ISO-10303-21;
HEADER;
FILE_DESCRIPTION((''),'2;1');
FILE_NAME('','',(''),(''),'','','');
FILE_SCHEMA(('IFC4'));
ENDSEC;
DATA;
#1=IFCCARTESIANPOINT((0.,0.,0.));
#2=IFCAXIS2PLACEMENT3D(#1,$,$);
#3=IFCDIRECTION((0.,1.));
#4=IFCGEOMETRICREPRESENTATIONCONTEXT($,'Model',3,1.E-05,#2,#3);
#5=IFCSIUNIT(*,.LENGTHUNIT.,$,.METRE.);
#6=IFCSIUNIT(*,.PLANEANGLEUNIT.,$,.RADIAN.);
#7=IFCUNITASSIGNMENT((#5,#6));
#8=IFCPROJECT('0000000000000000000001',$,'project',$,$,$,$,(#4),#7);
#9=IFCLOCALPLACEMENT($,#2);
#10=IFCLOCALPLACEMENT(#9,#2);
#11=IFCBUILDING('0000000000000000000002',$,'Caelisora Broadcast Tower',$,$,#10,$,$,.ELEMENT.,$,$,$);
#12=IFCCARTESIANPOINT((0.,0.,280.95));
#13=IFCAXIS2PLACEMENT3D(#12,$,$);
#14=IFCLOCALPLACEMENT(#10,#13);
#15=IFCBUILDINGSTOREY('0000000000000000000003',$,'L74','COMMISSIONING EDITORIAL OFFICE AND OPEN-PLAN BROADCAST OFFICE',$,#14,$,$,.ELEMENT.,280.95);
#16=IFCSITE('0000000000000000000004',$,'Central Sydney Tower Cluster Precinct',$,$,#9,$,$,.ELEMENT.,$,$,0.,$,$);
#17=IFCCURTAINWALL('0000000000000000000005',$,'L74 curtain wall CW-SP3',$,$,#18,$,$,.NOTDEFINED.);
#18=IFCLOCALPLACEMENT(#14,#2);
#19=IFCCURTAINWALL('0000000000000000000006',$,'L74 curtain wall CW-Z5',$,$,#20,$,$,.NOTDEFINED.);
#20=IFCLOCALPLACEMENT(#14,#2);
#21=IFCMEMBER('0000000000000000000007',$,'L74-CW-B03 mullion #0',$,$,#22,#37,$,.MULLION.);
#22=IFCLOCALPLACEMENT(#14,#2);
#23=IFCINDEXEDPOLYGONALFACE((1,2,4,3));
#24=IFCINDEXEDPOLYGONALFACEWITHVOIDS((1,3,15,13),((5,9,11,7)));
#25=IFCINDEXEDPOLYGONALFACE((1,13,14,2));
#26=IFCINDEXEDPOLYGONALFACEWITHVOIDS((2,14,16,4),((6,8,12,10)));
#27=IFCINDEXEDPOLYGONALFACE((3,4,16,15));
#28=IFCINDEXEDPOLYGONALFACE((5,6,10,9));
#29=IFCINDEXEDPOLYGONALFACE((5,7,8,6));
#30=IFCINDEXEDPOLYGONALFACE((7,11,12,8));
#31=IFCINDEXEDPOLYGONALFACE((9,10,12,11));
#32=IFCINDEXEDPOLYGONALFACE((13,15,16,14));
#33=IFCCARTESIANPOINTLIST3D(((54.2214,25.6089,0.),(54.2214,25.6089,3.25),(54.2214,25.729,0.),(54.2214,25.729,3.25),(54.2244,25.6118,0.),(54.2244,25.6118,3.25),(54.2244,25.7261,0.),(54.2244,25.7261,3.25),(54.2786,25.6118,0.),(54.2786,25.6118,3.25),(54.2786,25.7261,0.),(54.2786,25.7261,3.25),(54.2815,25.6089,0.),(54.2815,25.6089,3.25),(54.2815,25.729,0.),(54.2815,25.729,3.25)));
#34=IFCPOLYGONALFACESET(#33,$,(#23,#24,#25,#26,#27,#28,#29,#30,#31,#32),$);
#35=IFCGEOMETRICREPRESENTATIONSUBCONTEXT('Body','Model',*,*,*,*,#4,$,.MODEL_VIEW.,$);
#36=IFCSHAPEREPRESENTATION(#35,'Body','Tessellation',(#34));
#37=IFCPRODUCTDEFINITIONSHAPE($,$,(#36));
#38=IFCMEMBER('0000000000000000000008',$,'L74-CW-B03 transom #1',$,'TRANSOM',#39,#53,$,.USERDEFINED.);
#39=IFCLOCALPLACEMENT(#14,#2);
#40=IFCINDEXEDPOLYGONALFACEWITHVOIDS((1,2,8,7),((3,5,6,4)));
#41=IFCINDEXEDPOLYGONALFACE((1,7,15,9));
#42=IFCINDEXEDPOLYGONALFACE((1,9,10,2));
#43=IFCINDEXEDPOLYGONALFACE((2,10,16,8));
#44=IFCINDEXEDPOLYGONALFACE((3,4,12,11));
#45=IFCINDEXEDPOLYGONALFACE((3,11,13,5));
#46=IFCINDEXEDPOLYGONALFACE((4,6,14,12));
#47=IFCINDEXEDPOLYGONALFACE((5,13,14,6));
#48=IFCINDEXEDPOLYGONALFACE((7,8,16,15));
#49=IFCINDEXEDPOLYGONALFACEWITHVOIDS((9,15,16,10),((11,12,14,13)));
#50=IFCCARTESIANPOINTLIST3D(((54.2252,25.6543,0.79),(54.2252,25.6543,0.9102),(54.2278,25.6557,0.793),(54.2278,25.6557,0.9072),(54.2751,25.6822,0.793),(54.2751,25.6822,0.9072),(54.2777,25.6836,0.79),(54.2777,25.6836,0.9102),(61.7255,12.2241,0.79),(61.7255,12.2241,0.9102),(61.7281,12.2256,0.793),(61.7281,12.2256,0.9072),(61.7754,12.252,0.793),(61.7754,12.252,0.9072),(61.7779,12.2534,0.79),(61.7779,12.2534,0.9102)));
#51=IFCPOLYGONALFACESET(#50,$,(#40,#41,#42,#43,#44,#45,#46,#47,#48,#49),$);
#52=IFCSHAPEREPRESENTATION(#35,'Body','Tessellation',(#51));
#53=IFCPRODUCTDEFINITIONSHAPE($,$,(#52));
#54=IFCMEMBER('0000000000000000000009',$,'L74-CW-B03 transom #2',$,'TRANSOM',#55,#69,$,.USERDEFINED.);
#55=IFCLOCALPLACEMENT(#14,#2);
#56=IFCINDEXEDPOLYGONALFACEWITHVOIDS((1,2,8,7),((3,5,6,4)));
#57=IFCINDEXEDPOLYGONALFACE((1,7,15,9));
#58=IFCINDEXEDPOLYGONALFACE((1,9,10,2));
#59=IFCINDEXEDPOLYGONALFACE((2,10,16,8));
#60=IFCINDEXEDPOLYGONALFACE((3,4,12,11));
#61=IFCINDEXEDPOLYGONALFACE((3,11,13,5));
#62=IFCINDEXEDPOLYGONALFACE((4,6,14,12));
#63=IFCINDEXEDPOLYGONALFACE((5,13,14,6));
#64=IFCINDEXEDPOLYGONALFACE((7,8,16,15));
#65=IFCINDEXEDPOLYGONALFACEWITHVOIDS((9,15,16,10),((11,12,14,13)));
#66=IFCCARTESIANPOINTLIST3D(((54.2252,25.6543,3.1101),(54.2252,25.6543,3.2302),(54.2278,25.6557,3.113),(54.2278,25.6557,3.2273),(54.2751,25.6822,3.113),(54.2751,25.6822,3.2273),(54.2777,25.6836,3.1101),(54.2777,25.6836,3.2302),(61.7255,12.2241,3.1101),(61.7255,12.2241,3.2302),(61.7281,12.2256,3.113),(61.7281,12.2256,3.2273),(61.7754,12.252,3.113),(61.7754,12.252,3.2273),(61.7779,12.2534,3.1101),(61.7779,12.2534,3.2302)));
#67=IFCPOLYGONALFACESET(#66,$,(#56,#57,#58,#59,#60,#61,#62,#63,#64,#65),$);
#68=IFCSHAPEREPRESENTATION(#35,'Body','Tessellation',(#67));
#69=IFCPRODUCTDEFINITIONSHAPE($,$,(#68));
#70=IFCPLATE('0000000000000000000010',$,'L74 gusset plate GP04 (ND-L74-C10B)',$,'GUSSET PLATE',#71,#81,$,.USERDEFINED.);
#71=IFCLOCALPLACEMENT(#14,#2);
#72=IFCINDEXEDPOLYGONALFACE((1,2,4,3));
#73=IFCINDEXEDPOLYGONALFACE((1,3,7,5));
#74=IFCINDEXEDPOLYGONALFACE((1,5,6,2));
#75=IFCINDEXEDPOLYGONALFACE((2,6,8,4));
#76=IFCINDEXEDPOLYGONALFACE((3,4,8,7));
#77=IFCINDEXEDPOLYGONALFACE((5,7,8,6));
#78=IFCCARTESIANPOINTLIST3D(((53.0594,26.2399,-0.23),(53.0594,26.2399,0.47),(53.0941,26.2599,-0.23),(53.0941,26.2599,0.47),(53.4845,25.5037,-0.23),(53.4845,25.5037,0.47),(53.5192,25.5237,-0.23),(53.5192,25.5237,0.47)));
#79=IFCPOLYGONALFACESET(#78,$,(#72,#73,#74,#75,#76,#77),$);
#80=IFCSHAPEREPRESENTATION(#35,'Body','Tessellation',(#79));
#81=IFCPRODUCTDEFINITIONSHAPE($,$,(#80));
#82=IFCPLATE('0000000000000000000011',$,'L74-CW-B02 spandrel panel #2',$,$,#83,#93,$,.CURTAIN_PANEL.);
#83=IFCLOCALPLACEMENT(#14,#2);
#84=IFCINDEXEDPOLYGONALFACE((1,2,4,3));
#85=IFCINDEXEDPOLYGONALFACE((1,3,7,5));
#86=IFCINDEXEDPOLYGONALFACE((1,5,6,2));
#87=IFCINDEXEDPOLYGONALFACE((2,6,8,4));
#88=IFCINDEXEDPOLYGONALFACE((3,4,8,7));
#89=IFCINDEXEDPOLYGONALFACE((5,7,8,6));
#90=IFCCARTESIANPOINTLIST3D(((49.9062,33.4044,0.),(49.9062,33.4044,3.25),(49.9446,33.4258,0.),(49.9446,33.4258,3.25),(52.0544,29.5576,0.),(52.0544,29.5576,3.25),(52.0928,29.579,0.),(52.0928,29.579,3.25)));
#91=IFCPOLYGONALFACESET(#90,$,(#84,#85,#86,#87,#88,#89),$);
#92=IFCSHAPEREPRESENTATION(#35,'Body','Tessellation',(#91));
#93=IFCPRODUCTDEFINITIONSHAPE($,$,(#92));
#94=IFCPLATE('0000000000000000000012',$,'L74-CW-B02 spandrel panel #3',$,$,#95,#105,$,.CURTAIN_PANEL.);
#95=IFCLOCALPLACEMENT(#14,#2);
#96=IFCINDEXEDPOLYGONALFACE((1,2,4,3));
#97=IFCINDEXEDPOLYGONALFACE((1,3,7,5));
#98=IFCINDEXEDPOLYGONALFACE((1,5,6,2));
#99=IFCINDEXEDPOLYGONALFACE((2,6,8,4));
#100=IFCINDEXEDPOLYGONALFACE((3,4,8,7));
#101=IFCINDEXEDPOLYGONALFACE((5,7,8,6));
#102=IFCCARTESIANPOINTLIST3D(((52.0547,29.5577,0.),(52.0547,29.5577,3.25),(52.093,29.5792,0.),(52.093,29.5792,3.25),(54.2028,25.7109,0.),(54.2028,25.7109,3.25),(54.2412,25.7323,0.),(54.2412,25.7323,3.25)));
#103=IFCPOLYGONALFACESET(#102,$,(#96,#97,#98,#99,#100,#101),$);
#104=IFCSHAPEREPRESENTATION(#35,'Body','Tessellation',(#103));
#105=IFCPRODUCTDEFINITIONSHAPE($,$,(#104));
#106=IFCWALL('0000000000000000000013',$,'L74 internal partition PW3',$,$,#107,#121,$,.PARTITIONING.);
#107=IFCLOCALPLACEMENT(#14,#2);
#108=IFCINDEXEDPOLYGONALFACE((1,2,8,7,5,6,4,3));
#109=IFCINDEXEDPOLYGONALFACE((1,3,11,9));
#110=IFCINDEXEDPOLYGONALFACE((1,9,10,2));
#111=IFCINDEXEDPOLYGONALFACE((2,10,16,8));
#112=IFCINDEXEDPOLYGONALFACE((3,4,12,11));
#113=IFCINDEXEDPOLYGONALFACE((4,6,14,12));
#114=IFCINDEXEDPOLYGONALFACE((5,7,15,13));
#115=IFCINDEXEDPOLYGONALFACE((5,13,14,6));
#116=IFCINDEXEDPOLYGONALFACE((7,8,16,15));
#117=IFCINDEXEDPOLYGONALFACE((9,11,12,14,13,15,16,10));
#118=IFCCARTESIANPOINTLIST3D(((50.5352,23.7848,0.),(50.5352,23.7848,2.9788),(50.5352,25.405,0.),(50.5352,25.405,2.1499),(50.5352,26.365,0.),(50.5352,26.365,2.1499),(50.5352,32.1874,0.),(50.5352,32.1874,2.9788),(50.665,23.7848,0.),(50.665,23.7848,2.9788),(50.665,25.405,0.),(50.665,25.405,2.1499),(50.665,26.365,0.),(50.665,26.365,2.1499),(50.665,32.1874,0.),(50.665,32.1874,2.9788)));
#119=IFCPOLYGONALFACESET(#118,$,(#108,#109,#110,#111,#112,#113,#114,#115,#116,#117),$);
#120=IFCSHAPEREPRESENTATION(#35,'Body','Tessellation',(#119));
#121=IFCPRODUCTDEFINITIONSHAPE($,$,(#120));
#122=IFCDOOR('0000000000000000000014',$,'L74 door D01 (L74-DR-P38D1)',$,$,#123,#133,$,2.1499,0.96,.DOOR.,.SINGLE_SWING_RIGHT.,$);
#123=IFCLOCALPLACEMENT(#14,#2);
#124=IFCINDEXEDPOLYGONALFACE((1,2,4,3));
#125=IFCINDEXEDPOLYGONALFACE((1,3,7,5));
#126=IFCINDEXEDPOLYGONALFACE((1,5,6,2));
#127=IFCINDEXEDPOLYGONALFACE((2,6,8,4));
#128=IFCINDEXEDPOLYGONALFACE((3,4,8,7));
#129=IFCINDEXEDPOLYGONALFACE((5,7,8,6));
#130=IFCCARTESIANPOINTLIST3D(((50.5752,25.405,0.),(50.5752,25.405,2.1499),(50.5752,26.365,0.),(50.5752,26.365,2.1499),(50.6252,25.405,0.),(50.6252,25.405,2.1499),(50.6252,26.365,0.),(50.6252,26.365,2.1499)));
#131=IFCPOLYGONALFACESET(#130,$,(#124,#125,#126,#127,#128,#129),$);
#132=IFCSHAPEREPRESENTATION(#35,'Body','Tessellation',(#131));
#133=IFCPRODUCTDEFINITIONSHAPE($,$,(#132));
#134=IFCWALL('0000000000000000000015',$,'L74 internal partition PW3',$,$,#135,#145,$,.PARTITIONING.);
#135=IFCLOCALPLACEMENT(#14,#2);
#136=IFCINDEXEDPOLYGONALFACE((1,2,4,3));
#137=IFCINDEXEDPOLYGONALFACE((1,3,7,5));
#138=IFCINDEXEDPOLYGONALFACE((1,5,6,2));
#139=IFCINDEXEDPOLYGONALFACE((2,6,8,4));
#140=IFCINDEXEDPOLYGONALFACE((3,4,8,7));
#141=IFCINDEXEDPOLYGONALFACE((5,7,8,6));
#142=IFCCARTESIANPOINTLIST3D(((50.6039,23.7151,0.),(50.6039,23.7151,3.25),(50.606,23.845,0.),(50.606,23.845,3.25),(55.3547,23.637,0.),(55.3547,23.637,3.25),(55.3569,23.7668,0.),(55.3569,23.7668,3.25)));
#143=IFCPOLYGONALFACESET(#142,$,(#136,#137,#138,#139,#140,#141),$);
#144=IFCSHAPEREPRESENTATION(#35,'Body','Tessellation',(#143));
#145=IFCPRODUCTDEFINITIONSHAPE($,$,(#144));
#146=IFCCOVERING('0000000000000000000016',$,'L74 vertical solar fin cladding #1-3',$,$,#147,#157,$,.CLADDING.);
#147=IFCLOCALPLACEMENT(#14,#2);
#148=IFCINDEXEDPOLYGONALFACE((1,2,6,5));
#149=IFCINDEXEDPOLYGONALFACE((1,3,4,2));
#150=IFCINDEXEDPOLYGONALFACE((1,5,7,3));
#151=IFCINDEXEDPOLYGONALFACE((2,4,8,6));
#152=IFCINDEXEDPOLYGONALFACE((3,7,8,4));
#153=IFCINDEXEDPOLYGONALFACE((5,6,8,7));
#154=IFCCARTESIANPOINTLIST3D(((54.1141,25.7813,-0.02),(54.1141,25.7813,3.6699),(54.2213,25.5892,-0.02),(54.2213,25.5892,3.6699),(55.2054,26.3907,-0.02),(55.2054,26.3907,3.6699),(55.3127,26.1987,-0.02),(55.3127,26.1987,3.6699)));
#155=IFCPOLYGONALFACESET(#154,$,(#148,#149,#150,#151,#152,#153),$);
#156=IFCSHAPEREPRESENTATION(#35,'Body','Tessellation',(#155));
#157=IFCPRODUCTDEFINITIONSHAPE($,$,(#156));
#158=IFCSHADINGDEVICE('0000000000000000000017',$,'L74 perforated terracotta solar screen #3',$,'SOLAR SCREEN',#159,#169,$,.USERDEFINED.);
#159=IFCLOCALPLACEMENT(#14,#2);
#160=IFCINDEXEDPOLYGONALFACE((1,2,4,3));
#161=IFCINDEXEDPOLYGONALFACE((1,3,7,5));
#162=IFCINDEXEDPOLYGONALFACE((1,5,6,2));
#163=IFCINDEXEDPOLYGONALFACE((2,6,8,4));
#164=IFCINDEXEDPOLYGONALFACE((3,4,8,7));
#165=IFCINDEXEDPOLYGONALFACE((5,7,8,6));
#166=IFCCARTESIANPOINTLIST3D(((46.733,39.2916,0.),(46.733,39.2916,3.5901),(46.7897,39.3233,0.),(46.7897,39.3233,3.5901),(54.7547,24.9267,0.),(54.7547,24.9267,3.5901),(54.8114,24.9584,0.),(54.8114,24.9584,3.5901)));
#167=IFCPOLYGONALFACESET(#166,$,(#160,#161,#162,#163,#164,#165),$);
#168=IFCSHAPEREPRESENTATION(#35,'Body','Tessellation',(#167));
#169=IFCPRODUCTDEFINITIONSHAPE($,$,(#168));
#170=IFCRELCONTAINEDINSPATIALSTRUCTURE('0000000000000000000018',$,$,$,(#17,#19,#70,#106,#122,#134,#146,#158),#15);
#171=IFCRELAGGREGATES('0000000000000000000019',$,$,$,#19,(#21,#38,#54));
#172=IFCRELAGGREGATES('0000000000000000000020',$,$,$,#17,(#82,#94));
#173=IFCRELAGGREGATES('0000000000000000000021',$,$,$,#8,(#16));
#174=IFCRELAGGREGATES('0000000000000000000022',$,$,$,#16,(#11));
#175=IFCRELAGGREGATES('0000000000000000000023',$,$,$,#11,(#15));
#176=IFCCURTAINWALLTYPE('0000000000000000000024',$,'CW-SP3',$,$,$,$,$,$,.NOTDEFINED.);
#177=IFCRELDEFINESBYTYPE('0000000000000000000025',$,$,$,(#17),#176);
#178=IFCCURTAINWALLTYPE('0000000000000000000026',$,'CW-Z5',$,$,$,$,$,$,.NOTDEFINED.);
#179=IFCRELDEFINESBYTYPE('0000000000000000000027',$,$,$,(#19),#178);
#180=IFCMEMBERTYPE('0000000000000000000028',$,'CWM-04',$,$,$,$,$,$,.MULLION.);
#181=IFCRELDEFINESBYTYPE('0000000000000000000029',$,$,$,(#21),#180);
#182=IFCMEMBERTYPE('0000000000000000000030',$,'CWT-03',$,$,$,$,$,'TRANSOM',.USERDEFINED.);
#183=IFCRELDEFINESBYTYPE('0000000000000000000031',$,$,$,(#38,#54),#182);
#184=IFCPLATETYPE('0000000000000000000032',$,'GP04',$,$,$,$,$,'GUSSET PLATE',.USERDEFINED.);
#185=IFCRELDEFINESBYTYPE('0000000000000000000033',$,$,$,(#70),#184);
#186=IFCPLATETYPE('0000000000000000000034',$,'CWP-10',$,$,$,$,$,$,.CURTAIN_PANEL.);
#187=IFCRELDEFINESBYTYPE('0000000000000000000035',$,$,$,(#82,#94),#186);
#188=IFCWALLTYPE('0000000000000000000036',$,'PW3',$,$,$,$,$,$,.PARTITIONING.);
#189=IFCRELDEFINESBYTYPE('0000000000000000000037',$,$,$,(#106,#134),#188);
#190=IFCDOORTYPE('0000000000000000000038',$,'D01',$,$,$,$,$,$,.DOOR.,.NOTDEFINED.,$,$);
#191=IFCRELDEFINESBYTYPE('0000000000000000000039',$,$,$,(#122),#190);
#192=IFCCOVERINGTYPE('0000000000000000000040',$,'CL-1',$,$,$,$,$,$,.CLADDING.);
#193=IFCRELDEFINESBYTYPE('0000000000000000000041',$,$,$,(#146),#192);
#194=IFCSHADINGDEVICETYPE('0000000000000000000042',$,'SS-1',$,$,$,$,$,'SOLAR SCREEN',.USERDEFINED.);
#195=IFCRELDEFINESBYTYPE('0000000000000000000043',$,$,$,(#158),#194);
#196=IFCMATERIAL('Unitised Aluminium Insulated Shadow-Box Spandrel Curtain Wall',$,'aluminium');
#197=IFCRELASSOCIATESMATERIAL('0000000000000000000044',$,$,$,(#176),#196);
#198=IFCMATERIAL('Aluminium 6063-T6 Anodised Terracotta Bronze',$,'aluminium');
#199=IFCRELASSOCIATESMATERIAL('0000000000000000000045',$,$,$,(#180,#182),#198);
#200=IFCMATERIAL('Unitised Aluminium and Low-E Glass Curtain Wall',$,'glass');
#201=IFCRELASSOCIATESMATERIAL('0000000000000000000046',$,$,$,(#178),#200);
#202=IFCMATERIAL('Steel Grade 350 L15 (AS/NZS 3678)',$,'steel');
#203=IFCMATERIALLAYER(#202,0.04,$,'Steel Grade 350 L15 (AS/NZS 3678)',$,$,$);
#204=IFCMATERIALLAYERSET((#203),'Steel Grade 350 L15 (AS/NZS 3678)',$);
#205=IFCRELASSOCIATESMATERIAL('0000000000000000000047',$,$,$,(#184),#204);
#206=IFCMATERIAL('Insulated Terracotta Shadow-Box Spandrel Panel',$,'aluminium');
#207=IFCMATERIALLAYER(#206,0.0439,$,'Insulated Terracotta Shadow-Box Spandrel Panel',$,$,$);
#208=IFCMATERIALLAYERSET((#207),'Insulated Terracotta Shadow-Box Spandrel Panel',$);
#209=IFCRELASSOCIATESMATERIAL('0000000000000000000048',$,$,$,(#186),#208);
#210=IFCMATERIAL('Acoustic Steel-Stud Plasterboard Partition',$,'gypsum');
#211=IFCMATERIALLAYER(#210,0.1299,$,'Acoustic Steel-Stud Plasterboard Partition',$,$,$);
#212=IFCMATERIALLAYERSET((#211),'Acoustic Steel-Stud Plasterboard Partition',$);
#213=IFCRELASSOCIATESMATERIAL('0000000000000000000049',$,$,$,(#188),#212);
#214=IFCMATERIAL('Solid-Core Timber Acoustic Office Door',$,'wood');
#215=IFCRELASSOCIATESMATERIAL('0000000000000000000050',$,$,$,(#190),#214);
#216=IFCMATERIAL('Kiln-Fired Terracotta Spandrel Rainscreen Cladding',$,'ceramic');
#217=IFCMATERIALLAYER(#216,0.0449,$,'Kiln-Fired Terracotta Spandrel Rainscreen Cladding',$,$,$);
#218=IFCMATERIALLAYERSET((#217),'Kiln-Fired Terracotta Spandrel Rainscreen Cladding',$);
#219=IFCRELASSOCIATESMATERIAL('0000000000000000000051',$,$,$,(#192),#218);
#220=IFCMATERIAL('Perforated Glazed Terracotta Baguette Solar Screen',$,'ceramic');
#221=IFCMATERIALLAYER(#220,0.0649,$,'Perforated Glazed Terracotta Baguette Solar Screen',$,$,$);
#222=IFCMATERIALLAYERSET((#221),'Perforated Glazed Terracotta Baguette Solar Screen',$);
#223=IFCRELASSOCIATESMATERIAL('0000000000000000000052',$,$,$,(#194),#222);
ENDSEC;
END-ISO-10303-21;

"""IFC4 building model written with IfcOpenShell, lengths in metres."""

from ifc_helpers import new_model, si_unit, direction, frame, frame_2d, origin, origin_2d, place, context, subcontext, project, spatial, rectangle, hollow_rectangle, extrude, source, transform, mapped, material, layer, layer_set, material_profile, profile_set, type_object, type_shapes, element, fill, aggregate, save


model = new_model("IFC4")

# Units and contexts
model_context = context("Model", 3, precision=1e-05, world=origin(), true_north=direction((0.0, 1.0)))
body_context = subcontext(model_context, "Body", "Model", "MODEL_VIEW")
ifc_project = project(units=[si_unit("LENGTHUNIT", "METRE"), si_unit("PLANEANGLEUNIT", "RADIAN")], contexts=[model_context])

# Site, building, storey
site_placement = place(None, origin())
site = spatial("IfcSite", under=ifc_project, at=site_placement, Name="Central Sydney Tower Cluster Precinct", CompositionType="ELEMENT", RefElevation=0.0)
building_placement = place(site_placement, origin())
building = spatial("IfcBuilding", under=site, at=building_placement, Name="Caelisora Broadcast Tower", CompositionType="ELEMENT")
storey_placement = place(building_placement, frame((0.0, 0.0, 280.95)))
storey = spatial("IfcBuildingStorey", under=building, at=storey_placement, Name="L74", Description="COMMISSIONING EDITORIAL OFFICE AND OPEN-PLAN BROADCAST OFFICE", CompositionType="ELEMENT", Elevation=280.95)

# Shared definitions
ifc_material_1 = material(Name="Steel Grade 350 L15 (AS/NZS 3678)", Category="steel")

# Curtain walls, members
ifc_material_2 = material(Name="Unitised Aluminium Insulated Shadow-Box Spandrel Curtain Wall", Category="aluminium")
curtain_wall_type_1 = type_object("IfcCurtainWallType", Name="CW-SP3", PredefinedType="NOTDEFINED", material=ifc_material_2)
curtain_wall_1_placement = place(storey_placement, origin())
curtain_wall_1 = element("IfcCurtainWall", 1, at=curtain_wall_1_placement, inside=storey, type_object=curtain_wall_type_1, Name="L74 curtain wall CW-SP3", PredefinedType="NOTDEFINED")
ifc_material_3 = material(Name="Aluminium 6063-T6 Anodised Terracotta Bronze", Category="aluminium")
ifc_material_profile_1 = material_profile(ifc_material_3, hollow_rectangle(XDim=0.0601, YDim=0.1201, WallThickness=0.0029, at=origin_2d()), Name="Aluminium 6063-T6 Anodised Terracotta Bronze")
ifc_profile_set_1 = profile_set([ifc_material_profile_1], Name="Aluminium 6063-T6 Anodised Terracotta Bronze")
member_type_1 = type_object("IfcMemberType", Name="CWM-04", PredefinedType="MULLION", material=ifc_profile_set_1)
shared_shape_1 = source(origin(), body_context, "Body", "SweptSolid", [
    extrude(hollow_rectangle(XDim=0.0601, YDim=0.1201, WallThickness=0.0029, at=origin_2d()), origin(), (0.0, 0.0, 1.0), 3.25),
])
type_shapes(member_type_1, [shared_shape_1])
ifc_material_4 = material(Name="Unitised Aluminium and Low-E Glass Curtain Wall", Category="glass")
curtain_wall_type_2 = type_object("IfcCurtainWallType", Name="CW-Z5", PredefinedType="NOTDEFINED", material=ifc_material_4)
curtain_wall_2_placement = place(storey_placement, origin())
curtain_wall_2 = element("IfcCurtainWall", 2, at=curtain_wall_2_placement, inside=storey, type_object=curtain_wall_type_2, Name="L74 curtain wall CW-Z5", PredefinedType="NOTDEFINED")
member_1_placement = place(storey_placement, frame((54.2515, 25.6689, 0.0), z_axis=(0.0, 0.0, 1.0), x_axis=(1.0, 0.0, 0.0)))
member_1 = element("IfcMember", 3, at=member_1_placement, type_object=member_type_1, Name="L74-CW-B03 mullion #0", PredefinedType="MULLION", context=body_context, shape_type="MappedRepresentation", body=[
    mapped(shared_shape_1, transform((0.0, 0.0, 0.0), scale=1.0)),
])
ifc_material_profile_2 = material_profile(ifc_material_3, hollow_rectangle(XDim=0.0601, YDim=0.1201, WallThickness=0.0029, at=origin_2d()), Name="Aluminium 6063-T6 Anodised Terracotta Bronze")
ifc_profile_set_2 = profile_set([ifc_material_profile_2], Name="Aluminium 6063-T6 Anodised Terracotta Bronze")
member_type_2 = type_object("IfcMemberType", Name="CWT-03", ElementType="TRANSOM", PredefinedType="USERDEFINED", material=ifc_profile_set_2)
shared_shape_2 = source(origin(), body_context, "Body", "SweptSolid", [
    extrude(hollow_rectangle(XDim=0.0601, YDim=0.1201, WallThickness=0.0029, at=origin_2d()), origin(), (0.0, 0.0, 1.0), 15.3826),
])
type_shapes(member_type_2, [shared_shape_2])
member_2_placement = place(storey_placement, frame((54.2515, 25.6689, 0.8501), z_axis=(0.487581, -0.873078, 0.0), x_axis=(0.873078, 0.487581, 0.0)))
member_2 = element("IfcMember", 4, at=member_2_placement, type_object=member_type_2, Name="L74-CW-B03 transom #1", ObjectType="TRANSOM", PredefinedType="USERDEFINED", context=body_context, shape_type="MappedRepresentation", body=[
    mapped(shared_shape_2, transform((0.0, 0.0, 0.0), scale=1.0)),
])
member_3_placement = place(storey_placement, frame((54.2515, 25.6689, 3.1702), z_axis=(0.487581, -0.873078, 0.0), x_axis=(0.873078, 0.487581, 0.0)))
member_3 = element("IfcMember", 5, at=member_3_placement, type_object=member_type_2, Name="L74-CW-B03 transom #2", ObjectType="TRANSOM", PredefinedType="USERDEFINED", context=body_context, shape_type="MappedRepresentation", body=[
    mapped(shared_shape_2, transform((0.0, 0.0, 0.0), scale=1.0)),
])
aggregate(curtain_wall_2, [member_1, member_2, member_3])

# Plates
ifc_layer_1 = layer(ifc_material_1, 0.04, Name="Steel Grade 350 L15 (AS/NZS 3678)")
ifc_layer_set_1 = layer_set([ifc_layer_1], Name="Steel Grade 350 L15 (AS/NZS 3678)")
plate_type_1 = type_object("IfcPlateType", Name="GP04", ElementType="GUSSET PLATE", PredefinedType="USERDEFINED", material=ifc_layer_set_1)
shared_shape_3 = source(origin(), body_context, "Body", "SweptSolid", [
    extrude(rectangle(XDim=0.8501, YDim=0.04, at=origin_2d()), origin(), (0.0, 0.0, 1.0), 0.7),
])
type_shapes(plate_type_1, [shared_shape_3])
plate_1_placement = place(storey_placement, frame((53.2893, 25.8818, -0.23), z_axis=(0.0, 0.0, 1.0), x_axis=(-0.5, 0.866025, 0.0)))
element("IfcPlate", 6, at=plate_1_placement, inside=storey, type_object=plate_type_1, Name="L74 gusset plate GP04 (ND-L74-C10B)", ObjectType="GUSSET PLATE", PredefinedType="USERDEFINED", context=body_context, shape_type="MappedRepresentation", body=[
    mapped(shared_shape_3, transform((0.0, 0.0, 0.0), scale=1.0)),
])
ifc_material_5 = material(Name="Insulated Terracotta Shadow-Box Spandrel Panel", Category="aluminium")
ifc_layer_2 = layer(ifc_material_5, 0.0439, Name="Insulated Terracotta Shadow-Box Spandrel Panel")
ifc_layer_set_2 = layer_set([ifc_layer_2], Name="Insulated Terracotta Shadow-Box Spandrel Panel")
plate_type_2 = type_object("IfcPlateType", Name="CWP-10", PredefinedType="CURTAIN_PANEL", material=ifc_layer_set_2)
shared_shape_4 = source(origin(), body_context, "Body", "SweptSolid", [
    extrude(rectangle(XDim=4.406, YDim=0.0439, at=origin_2d()), origin(), (0.0, 0.0, 1.0), 3.25),
])
type_shapes(plate_type_2, [shared_shape_4])
plate_2_placement = place(storey_placement, frame((50.9995, 31.4917, 0.0), z_axis=(0.0, 0.0, 1.0), x_axis=(0.487555, -0.873092, 0.0)))
plate_2 = element("IfcPlate", 7, at=plate_2_placement, type_object=plate_type_2, Name="L74-CW-B02 spandrel panel #2", PredefinedType="CURTAIN_PANEL", context=body_context, shape_type="MappedRepresentation", body=[
    mapped(shared_shape_4, transform((0.0, 0.0, 0.0), scale=1.0)),
])
plate_3_placement = place(storey_placement, frame((53.1479, 27.645, 0.0), z_axis=(0.0, 0.0, 1.0), x_axis=(0.487555, -0.873092, 0.0)))
plate_3 = element("IfcPlate", 8, at=plate_3_placement, type_object=plate_type_2, Name="L74-CW-B02 spandrel panel #3", PredefinedType="CURTAIN_PANEL", context=body_context, shape_type="MappedRepresentation", body=[
    mapped(shared_shape_4, transform((0.0, 0.0, 0.0), scale=1.0)),
])
aggregate(curtain_wall_1, [plate_2, plate_3])

# Wall, opening, door
ifc_material_6 = material(Name="Acoustic Steel-Stud Plasterboard Partition", Category="gypsum")
ifc_layer_3 = layer(ifc_material_6, 0.1299, Name="Acoustic Steel-Stud Plasterboard Partition")
ifc_layer_set_3 = layer_set([ifc_layer_3], Name="Acoustic Steel-Stud Plasterboard Partition")
wall_type = type_object("IfcWallType", Name="PW3", PredefinedType="PARTITIONING", material=ifc_layer_set_3)
wall_1_placement = place(storey_placement, frame((50.6001, 23.7849, 0.0), z_axis=(0.0, 0.0, 1.0), x_axis=(0.0, 1.0, 0.0)))
wall_1 = element("IfcWall", 9, at=wall_1_placement, inside=storey, type_object=wall_type, Name="L74 internal partition PW3", PredefinedType="PARTITIONING", context=body_context, shape_type="SweptSolid", body=[
    extrude(rectangle(XDim=8.4026, YDim=0.1299, at=frame_2d((4.2012, 0.0))), origin(), (0.0, 0.0, 1.0), 2.9788),
])
opening_placement = place(wall_1_placement, frame((1.6201, 0.0, 0.0)))
opening = element("IfcOpeningElement", 10, at=opening_placement, cuts=wall_1, PredefinedType="OPENING", context=body_context, shape_type="SweptSolid", body=[
    extrude(rectangle(XDim=0.96, YDim=2.1499, at=frame_2d((0.48, 1.075))), frame((0.0, 0.0769, 0.0), z_axis=(0.0, -1.0, 0.0), x_axis=(1.0, 0.0, 0.0)), (0.0, 0.0, 1.0), 0.1538),
])
ifc_material_7 = material(Name="Solid-Core Timber Acoustic Office Door", Category="wood")
door_type = type_object("IfcDoorType", Name="D01", OperationType="NOTDEFINED", PredefinedType="DOOR", material=ifc_material_7)
door_placement = place(opening_placement, origin())
door = element("IfcDoor", 11, at=door_placement, inside=storey, type_object=door_type, Name="L74 door D01 (L74-DR-P38D1)", OperationType="SINGLE_SWING_RIGHT", OverallHeight=2.1499, OverallWidth=0.96, PredefinedType="DOOR", context=body_context, shape_type="SweptSolid", body=[
    extrude(rectangle(XDim=0.96, YDim=2.1499, at=frame_2d((0.48, 1.075))), frame((0.0, 0.0249, 0.0), z_axis=(0.0, -1.0, 0.0), x_axis=(1.0, 0.0, 0.0)), (0.0, 0.0, 1.0), 0.05),
])
fill(opening, door)

# Wall
wall_2_placement = place(storey_placement, frame((50.605, 23.78, 0.0), z_axis=(0.0, 0.0, 1.0), x_axis=(0.999865, -0.016443, 0.0)))
element("IfcWall", 12, at=wall_2_placement, inside=storey, type_object=wall_type, Name="L74 internal partition PW3", PredefinedType="PARTITIONING", context=body_context, shape_type="SweptSolid", body=[
    extrude(rectangle(XDim=4.7515, YDim=0.1299, at=frame_2d((2.3757, 0.0))), origin(), (0.0, 0.0, 1.0), 3.25),
])

# Covering
ifc_material_8 = material(Name="Kiln-Fired Terracotta Spandrel Rainscreen Cladding", Category="ceramic")
ifc_layer_4 = layer(ifc_material_8, 0.0449, Name="Kiln-Fired Terracotta Spandrel Rainscreen Cladding")
ifc_layer_set_4 = layer_set([ifc_layer_4], Name="Kiln-Fired Terracotta Spandrel Rainscreen Cladding")
covering_type = type_object("IfcCoveringType", Name="CL-1", PredefinedType="CLADDING", material=ifc_layer_set_4)
shared_shape_5 = source(origin(), body_context, "Body", "SweptSolid", [
    extrude(rectangle(XDim=0.22, YDim=1.25, at=origin_2d()), origin(), (0.0, 0.0, 1.0), 3.6899),
])
covering_1_placement = place(storey_placement, frame((54.7134, 25.99, -0.02), z_axis=(0.0, 0.0, 1.0), x_axis=(0.487555, -0.873092, 0.0)))
element("IfcCovering", 13, at=covering_1_placement, inside=storey, type_object=covering_type, Name="L74 vertical solar fin cladding #1-3", PredefinedType="CLADDING", context=body_context, shape_type="MappedRepresentation", body=[
    mapped(shared_shape_5, transform((0.0, 0.0, 0.0), scale=1.0)),
])

# Shading device
ifc_material_9 = material(Name="Perforated Glazed Terracotta Baguette Solar Screen", Category="ceramic")
ifc_layer_5 = layer(ifc_material_9, 0.0649, Name="Perforated Glazed Terracotta Baguette Solar Screen")
ifc_layer_set_5 = layer_set([ifc_layer_5], Name="Perforated Glazed Terracotta Baguette Solar Screen")
shading_device_type = type_object("IfcShadingDeviceType", Name="SS-1", ElementType="SOLAR SCREEN", PredefinedType="USERDEFINED", material=ifc_layer_set_5)
shared_shape_6 = source(origin(), body_context, "Body", "SweptSolid", [
    extrude(rectangle(XDim=16.4529, YDim=0.0649, at=origin_2d()), origin(), (0.0, 0.0, 1.0), 3.5901),
])
type_shapes(shading_device_type, [shared_shape_6])
shading_device_placement = place(storey_placement, frame((50.7722, 32.125, 0.0), z_axis=(0.0, 0.0, 1.0), x_axis=(-0.487555, 0.873092, 0.0)))
element("IfcShadingDevice", 14, at=shading_device_placement, inside=storey, type_object=shading_device_type, Name="L74 perforated terracotta solar screen #3", ObjectType="SOLAR SCREEN", PredefinedType="USERDEFINED", context=body_context, shape_type="MappedRepresentation", body=[
    mapped(shared_shape_6, transform((0.0, 0.0, 0.0), scale=1.0)),
])

save(model, "model.ifc")
